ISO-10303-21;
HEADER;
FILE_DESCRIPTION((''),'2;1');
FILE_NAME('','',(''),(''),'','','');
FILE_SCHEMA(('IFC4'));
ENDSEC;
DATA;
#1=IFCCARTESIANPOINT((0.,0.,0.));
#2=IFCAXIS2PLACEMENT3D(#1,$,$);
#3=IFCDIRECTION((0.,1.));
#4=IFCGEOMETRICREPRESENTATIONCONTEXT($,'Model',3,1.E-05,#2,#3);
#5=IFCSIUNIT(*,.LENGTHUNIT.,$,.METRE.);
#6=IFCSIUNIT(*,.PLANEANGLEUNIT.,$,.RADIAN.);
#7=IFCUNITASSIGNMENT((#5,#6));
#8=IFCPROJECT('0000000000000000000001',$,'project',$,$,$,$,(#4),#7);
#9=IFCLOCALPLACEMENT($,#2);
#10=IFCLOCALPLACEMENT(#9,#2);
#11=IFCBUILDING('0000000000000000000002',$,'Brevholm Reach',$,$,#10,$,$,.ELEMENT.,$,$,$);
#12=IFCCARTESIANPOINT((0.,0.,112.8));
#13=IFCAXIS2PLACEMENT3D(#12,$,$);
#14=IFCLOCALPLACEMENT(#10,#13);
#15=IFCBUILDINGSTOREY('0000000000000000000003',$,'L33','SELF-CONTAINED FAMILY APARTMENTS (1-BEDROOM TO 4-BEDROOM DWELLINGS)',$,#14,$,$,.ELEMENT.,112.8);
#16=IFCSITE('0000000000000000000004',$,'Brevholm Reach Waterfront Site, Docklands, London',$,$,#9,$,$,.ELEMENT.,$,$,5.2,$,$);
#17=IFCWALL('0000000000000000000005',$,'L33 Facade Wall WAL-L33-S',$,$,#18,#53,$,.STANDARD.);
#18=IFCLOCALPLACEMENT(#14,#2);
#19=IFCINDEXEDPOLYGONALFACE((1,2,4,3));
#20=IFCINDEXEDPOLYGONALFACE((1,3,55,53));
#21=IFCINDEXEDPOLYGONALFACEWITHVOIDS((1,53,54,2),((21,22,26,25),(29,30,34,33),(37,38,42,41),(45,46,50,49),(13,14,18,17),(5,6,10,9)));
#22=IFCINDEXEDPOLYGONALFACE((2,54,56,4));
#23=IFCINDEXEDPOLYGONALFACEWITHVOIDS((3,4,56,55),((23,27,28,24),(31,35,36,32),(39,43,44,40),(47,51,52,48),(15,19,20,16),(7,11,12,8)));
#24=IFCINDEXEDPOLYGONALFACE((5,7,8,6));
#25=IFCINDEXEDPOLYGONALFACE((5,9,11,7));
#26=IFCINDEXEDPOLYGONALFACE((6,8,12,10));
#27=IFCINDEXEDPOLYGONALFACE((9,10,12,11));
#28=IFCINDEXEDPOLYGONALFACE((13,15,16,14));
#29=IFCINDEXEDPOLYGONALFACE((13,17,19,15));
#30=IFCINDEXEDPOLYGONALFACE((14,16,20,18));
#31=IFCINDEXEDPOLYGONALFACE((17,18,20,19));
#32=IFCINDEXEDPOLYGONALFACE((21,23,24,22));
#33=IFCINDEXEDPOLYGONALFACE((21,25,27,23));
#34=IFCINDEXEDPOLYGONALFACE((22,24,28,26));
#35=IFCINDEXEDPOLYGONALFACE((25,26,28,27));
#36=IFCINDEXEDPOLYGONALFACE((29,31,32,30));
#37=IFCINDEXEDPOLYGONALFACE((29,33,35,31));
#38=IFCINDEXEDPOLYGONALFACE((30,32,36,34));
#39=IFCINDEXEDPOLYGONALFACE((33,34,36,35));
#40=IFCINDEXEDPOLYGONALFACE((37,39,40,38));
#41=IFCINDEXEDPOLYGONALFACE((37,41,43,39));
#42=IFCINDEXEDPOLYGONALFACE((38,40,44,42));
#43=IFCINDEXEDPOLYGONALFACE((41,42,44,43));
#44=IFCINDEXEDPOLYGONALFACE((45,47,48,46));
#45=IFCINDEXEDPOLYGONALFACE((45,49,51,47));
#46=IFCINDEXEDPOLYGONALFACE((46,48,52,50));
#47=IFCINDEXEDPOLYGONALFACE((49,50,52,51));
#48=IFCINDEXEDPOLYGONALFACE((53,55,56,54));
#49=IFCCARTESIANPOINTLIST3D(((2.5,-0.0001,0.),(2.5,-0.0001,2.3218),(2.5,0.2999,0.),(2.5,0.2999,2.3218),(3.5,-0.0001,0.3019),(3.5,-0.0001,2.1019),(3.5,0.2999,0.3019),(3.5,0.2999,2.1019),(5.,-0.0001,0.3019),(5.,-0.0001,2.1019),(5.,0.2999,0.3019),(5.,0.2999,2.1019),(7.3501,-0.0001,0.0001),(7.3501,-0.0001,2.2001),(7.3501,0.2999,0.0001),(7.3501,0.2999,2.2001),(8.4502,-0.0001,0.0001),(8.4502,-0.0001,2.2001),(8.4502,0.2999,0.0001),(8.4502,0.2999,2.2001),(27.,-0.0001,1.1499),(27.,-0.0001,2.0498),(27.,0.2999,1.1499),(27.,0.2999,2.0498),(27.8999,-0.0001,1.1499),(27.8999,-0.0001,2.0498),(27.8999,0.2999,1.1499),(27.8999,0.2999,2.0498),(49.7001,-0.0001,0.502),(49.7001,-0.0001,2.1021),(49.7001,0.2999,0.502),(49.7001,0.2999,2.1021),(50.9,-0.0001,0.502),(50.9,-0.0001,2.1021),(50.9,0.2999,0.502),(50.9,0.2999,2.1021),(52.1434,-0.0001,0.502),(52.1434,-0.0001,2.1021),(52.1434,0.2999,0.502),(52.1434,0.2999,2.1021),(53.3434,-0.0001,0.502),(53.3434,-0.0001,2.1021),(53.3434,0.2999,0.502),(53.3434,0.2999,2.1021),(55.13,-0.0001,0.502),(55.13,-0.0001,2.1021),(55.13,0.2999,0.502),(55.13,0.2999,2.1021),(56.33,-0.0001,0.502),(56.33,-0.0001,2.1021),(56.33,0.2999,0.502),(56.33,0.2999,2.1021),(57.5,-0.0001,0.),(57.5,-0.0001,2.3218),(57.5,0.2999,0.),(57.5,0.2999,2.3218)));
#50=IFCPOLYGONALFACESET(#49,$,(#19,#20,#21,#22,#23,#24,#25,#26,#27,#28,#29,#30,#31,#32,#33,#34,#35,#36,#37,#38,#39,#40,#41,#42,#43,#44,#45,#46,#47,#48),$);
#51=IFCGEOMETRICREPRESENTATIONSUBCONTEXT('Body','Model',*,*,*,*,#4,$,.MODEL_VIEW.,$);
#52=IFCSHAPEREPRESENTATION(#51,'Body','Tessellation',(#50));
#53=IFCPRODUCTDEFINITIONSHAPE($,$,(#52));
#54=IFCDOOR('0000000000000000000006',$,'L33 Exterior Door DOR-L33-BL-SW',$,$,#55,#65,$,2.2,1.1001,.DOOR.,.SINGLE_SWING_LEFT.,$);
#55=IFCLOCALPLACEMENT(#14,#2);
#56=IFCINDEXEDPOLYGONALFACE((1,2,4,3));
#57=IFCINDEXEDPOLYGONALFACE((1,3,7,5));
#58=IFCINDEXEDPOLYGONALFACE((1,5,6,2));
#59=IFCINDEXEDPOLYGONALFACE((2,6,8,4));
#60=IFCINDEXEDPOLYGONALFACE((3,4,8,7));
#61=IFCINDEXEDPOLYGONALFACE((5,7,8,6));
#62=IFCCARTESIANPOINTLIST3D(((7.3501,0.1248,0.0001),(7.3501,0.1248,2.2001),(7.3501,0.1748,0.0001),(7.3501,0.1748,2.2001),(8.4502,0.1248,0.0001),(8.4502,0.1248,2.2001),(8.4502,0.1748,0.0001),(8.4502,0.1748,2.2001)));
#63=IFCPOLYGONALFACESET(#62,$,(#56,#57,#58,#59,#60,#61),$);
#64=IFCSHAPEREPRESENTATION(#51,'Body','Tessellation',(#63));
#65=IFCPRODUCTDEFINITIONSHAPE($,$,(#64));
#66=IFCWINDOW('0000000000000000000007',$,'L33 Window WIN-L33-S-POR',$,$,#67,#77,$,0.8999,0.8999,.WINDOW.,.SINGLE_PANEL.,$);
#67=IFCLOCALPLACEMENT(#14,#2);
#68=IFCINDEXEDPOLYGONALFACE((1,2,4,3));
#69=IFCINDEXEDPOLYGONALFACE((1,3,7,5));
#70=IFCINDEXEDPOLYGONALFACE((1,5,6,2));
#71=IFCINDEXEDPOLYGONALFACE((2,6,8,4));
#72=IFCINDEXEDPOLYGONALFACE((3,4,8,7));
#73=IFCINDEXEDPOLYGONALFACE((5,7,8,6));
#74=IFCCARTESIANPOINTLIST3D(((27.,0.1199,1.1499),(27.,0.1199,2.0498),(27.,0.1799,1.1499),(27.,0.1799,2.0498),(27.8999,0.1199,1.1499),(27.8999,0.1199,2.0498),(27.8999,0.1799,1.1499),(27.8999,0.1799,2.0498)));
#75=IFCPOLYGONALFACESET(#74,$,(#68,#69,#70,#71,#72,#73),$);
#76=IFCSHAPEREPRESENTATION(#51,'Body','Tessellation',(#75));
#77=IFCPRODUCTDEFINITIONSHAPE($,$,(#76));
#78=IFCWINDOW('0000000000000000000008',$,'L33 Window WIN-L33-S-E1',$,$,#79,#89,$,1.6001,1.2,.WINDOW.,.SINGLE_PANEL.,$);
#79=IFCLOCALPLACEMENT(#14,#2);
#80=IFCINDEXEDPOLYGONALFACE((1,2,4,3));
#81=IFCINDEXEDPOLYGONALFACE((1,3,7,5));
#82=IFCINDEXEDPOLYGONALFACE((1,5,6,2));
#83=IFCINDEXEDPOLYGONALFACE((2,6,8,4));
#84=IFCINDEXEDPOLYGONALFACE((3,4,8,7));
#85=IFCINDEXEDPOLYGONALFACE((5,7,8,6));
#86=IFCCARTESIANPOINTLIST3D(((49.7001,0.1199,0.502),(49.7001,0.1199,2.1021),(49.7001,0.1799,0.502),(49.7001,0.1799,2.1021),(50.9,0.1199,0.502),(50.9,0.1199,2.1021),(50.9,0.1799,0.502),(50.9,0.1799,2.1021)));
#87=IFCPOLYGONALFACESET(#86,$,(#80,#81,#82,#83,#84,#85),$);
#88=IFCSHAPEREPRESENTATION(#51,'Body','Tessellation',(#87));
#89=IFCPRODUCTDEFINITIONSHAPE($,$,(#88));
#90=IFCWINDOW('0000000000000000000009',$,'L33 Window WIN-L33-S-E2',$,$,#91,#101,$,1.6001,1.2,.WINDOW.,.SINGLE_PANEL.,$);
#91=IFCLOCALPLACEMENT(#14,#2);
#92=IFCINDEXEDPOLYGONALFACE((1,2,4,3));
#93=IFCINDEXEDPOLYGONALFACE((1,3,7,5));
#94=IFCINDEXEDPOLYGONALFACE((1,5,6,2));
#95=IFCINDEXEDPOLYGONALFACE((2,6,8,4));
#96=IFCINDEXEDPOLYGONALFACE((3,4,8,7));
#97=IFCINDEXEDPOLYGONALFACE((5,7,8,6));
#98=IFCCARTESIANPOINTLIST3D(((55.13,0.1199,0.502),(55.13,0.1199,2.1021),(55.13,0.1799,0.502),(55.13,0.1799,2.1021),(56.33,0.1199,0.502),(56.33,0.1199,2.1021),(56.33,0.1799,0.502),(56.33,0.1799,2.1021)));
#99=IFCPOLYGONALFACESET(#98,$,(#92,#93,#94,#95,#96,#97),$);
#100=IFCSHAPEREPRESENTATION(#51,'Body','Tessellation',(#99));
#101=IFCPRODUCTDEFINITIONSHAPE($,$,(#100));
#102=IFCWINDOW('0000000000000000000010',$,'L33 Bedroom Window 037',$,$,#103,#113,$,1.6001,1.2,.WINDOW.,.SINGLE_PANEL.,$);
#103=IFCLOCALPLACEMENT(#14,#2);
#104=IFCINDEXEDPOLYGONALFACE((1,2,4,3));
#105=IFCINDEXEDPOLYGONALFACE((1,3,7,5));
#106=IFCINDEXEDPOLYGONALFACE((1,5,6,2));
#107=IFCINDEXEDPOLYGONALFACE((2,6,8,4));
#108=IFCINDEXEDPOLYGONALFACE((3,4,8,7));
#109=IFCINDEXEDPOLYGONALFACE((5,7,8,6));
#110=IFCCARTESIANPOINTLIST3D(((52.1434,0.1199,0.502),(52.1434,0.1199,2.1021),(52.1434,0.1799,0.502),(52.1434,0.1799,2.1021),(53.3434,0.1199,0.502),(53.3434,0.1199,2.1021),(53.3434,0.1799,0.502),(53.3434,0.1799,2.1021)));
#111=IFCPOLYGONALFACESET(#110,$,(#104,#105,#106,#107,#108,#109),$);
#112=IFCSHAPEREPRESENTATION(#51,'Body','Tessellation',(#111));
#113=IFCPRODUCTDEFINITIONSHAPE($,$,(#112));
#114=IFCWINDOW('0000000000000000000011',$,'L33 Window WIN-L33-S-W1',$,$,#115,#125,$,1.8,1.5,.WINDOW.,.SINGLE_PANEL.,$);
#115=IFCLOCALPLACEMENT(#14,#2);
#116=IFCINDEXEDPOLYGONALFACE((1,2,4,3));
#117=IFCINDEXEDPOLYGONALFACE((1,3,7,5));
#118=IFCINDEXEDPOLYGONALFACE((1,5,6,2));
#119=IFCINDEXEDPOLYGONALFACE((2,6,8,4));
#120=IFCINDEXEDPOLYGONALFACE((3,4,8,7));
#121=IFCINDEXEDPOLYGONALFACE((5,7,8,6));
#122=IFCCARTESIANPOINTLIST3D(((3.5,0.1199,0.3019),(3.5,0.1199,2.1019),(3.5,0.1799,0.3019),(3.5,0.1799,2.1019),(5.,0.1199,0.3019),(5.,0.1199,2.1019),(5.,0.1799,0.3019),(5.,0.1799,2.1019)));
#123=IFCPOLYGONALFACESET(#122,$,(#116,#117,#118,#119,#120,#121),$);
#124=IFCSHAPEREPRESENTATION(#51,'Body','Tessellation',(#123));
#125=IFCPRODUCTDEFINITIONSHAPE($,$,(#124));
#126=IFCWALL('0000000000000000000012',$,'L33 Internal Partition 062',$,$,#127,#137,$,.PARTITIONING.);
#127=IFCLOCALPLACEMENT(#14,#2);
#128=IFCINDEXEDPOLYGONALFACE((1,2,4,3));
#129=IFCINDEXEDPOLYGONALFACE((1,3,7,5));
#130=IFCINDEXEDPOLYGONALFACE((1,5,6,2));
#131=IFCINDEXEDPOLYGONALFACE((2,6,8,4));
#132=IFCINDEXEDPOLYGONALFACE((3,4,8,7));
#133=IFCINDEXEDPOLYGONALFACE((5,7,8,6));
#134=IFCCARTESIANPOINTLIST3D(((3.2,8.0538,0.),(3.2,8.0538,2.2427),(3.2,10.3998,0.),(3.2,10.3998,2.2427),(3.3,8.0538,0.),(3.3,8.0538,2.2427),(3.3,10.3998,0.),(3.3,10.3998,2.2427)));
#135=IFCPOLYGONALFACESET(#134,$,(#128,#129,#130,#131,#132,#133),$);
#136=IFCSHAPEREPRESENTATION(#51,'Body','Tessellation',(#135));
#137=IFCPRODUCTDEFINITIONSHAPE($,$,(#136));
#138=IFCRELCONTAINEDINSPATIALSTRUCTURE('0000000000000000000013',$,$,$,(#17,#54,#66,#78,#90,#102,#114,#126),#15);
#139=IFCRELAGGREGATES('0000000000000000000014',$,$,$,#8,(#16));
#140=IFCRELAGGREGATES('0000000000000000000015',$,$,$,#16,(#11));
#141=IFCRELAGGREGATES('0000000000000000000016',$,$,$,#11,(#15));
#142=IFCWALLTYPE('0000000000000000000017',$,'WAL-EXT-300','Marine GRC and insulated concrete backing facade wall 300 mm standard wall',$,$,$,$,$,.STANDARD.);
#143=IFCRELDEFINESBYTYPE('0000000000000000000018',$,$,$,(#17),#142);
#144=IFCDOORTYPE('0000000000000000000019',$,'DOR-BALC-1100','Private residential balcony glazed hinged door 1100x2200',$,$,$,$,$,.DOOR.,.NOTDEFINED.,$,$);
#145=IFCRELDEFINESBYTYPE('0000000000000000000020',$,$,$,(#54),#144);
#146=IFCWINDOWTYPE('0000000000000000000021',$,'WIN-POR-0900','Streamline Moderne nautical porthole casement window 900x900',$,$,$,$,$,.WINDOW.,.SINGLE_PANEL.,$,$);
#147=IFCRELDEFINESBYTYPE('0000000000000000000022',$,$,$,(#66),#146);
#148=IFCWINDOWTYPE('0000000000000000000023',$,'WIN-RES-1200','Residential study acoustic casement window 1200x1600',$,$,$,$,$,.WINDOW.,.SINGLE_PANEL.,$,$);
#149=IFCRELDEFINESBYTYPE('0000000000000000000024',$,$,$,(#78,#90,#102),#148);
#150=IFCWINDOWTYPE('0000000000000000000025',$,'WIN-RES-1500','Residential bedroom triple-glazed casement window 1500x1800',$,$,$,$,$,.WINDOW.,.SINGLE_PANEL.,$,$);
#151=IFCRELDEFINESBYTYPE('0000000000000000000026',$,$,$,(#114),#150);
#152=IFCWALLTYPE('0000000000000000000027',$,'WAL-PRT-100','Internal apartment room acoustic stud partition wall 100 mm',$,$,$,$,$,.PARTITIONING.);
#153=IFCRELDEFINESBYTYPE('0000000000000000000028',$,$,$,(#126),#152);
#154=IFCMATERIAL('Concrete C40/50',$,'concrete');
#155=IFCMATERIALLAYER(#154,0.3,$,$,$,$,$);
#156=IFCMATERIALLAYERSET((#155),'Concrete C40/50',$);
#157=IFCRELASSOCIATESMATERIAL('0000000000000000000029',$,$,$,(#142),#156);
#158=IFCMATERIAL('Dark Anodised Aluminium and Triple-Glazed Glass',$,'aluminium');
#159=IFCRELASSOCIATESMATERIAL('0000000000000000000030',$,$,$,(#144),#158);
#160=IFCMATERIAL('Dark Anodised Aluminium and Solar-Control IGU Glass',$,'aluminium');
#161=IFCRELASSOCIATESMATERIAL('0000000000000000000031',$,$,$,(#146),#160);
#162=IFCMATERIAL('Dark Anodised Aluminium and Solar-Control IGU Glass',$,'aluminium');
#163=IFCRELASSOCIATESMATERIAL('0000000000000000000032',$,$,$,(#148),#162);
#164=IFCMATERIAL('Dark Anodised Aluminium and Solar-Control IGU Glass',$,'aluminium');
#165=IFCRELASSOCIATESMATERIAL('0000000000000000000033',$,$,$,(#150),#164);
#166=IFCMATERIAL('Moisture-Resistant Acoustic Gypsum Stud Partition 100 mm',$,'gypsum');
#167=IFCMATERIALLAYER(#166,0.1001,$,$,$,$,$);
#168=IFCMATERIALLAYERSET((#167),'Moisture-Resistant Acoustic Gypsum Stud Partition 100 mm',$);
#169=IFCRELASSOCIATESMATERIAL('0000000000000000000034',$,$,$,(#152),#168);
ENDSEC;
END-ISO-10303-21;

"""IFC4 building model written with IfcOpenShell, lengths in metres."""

from ifc_helpers import new_model, si_unit, direction, frame, frame_2d, origin, place, context, subcontext, project, spatial, rectangle, extrude, material, layer, layer_set, type_object, element, fill, save


model = new_model("IFC4")

# Units and contexts
model_context = context("Model", 3, precision=1e-05, world=origin(), true_north=direction((0.0, 1.0)))
body_context = subcontext(model_context, "Body", "Model", "MODEL_VIEW")
ifc_project = project(units=[si_unit("LENGTHUNIT", "METRE"), si_unit("PLANEANGLEUNIT", "RADIAN")], contexts=[model_context])

# Site, building, storey
site_placement = place(None, origin())
site = spatial("IfcSite", under=ifc_project, at=site_placement, Name="Brevholm Reach Waterfront Site, Docklands, London", CompositionType="ELEMENT", RefElevation=5.2)
building_placement = place(site_placement, origin())
building = spatial("IfcBuilding", under=site, at=building_placement, Name="Brevholm Reach", CompositionType="ELEMENT")
storey_placement = place(building_placement, frame((0.0, 0.0, 112.8)))
storey = spatial("IfcBuildingStorey", under=building, at=storey_placement, Name="L33", Description="SELF-CONTAINED FAMILY APARTMENTS (1-BEDROOM TO 4-BEDROOM DWELLINGS)", CompositionType="ELEMENT", Elevation=112.8)

# Shared definitions
ifc_material_1 = material(Name="Concrete C40/50", Category="concrete")
ifc_layer_1 = layer(ifc_material_1, 0.3)
ifc_layer_set_1 = layer_set([ifc_layer_1], Name="Concrete C40/50")
wall_type_1 = type_object("IfcWallType", Name="WAL-EXT-300", Description="Marine GRC and insulated concrete backing facade wall 300 mm standard wall", PredefinedType="STANDARD", material=ifc_layer_set_1)

# Wall, openings, door, windows
wall_1_placement = place(storey_placement, frame((2.5, 0.1499, 0.0), z_axis=(0.0, 0.0, 1.0), x_axis=(1.0, 0.0, 0.0)))
wall_1 = element("IfcWall", 1, at=wall_1_placement, inside=storey, type_object=wall_type_1, Name="L33 Facade Wall WAL-L33-S", PredefinedType="STANDARD", context=body_context, shape_type="SweptSolid", body=[
    extrude(rectangle(XDim=55.0, YDim=0.3, at=frame_2d((27.5, 0.0))), origin(), (0.0, 0.0, 1.0), 2.3218),
])
opening_1_placement = place(wall_1_placement, frame((4.8501, 0.0, 0.0)))
opening_1 = element("IfcOpeningElement", 2, at=opening_1_placement, cuts=wall_1, PredefinedType="OPENING", context=body_context, shape_type="SweptSolid", body=[
    extrude(rectangle(XDim=1.1001, YDim=2.2, at=frame_2d((0.55, 1.1001))), frame((0.0, 0.1599, 0.0), z_axis=(0.0, -1.0, 0.0), x_axis=(1.0, 0.0, 0.0)), (0.0, 0.0, 1.0), 0.3201),
])
opening_2_placement = place(wall_1_placement, frame((1.0, 0.0, 0.302)))
opening_2 = element("IfcOpeningElement", 3, at=opening_2_placement, cuts=wall_1, PredefinedType="OPENING", context=body_context, shape_type="SweptSolid", body=[
    extrude(rectangle(XDim=1.5, YDim=1.8, at=frame_2d((0.75, 0.8999))), frame((0.0, 0.1599, 0.0), z_axis=(0.0, -1.0, 0.0), x_axis=(1.0, 0.0, 0.0)), (0.0, 0.0, 1.0), 0.3201),
])
opening_3_placement = place(wall_1_placement, frame((24.5, 0.0, 1.1499)))
opening_3 = element("IfcOpeningElement", 4, at=opening_3_placement, cuts=wall_1, PredefinedType="OPENING", context=body_context, shape_type="SweptSolid", body=[
    extrude(rectangle(XDim=0.8999, YDim=0.8999, at=frame_2d((0.45, 0.45))), frame((0.0, 0.1599, 0.0), z_axis=(0.0, -1.0, 0.0), x_axis=(1.0, 0.0, 0.0)), (0.0, 0.0, 1.0), 0.3201),
])
opening_4_placement = place(wall_1_placement, frame((47.2, 0.0, 0.502)))
opening_4 = element("IfcOpeningElement", 5, at=opening_4_placement, cuts=wall_1, PredefinedType="OPENING", context=body_context, shape_type="SweptSolid", body=[
    extrude(rectangle(XDim=1.2, YDim=1.6001, at=frame_2d((0.6001, 0.8))), frame((0.0, 0.1599, 0.0), z_axis=(0.0, -1.0, 0.0), x_axis=(1.0, 0.0, 0.0)), (0.0, 0.0, 1.0), 0.3201),
])
opening_5_placement = place(wall_1_placement, frame((52.6299, 0.0, 0.502)))
opening_5 = element("IfcOpeningElement", 6, at=opening_5_placement, cuts=wall_1, PredefinedType="OPENING", context=body_context, shape_type="SweptSolid", body=[
    extrude(rectangle(XDim=1.2, YDim=1.6001, at=frame_2d((0.6001, 0.8))), frame((0.0, 0.1599, 0.0), z_axis=(0.0, -1.0, 0.0), x_axis=(1.0, 0.0, 0.0)), (0.0, 0.0, 1.0), 0.3201),
])
opening_6_placement = place(wall_1_placement, frame((49.6433, 0.0, 0.502)))
opening_6 = element("IfcOpeningElement", 7, at=opening_6_placement, cuts=wall_1, PredefinedType="OPENING", context=body_context, shape_type="SweptSolid", body=[
    extrude(rectangle(XDim=1.2, YDim=1.6001, at=frame_2d((0.6001, 0.8))), frame((0.0, 0.1599, 0.0), z_axis=(0.0, -1.0, 0.0), x_axis=(1.0, 0.0, 0.0)), (0.0, 0.0, 1.0), 0.3201),
])
ifc_material_2 = material(Name="Dark Anodised Aluminium and Triple-Glazed Glass", Category="aluminium")
door_type_1 = type_object("IfcDoorType", Name="DOR-BALC-1100", Description="Private residential balcony glazed hinged door 1100x2200", OperationType="NOTDEFINED", PredefinedType="DOOR", material=ifc_material_2)
door_1_placement = place(opening_1_placement, origin())
door_1 = element("IfcDoor", 8, at=door_1_placement, inside=storey, type_object=door_type_1, Name="L33 Exterior Door DOR-L33-BL-SW", OperationType="SINGLE_SWING_LEFT", OverallHeight=2.2, OverallWidth=1.1001, PredefinedType="DOOR", context=body_context, shape_type="SweptSolid", body=[
    extrude(rectangle(XDim=1.1001, YDim=2.2, at=frame_2d((0.55, 1.1001))), frame((0.0, 0.0249, 0.0), z_axis=(0.0, -1.0, 0.0), x_axis=(1.0, 0.0, 0.0)), (0.0, 0.0, 1.0), 0.05),
])
fill(opening_1, door_1)
ifc_material_3 = material(Name="Dark Anodised Aluminium and Solar-Control IGU Glass", Category="aluminium")
window_type_1 = type_object("IfcWindowType", Name="WIN-POR-0900", Description="Streamline Moderne nautical porthole casement window 900x900", PartitioningType="SINGLE_PANEL", PredefinedType="WINDOW", material=ifc_material_3)
window_1_placement = place(opening_3_placement, origin())
window_1 = element("IfcWindow", 9, at=window_1_placement, inside=storey, type_object=window_type_1, Name="L33 Window WIN-L33-S-POR", OverallHeight=0.8999, OverallWidth=0.8999, PartitioningType="SINGLE_PANEL", PredefinedType="WINDOW", context=body_context, shape_type="SweptSolid", body=[
    extrude(rectangle(XDim=0.8999, YDim=0.8999, at=frame_2d((0.45, 0.45))), frame((0.0, 0.03, 0.0), z_axis=(0.0, -1.0, 0.0), x_axis=(1.0, 0.0, 0.0)), (0.0, 0.0, 1.0), 0.0601),
])
fill(opening_3, window_1)
ifc_material_4 = material(Name="Dark Anodised Aluminium and Solar-Control IGU Glass", Category="aluminium")
window_type_2 = type_object("IfcWindowType", Name="WIN-RES-1200", Description="Residential study acoustic casement window 1200x1600", PartitioningType="SINGLE_PANEL", PredefinedType="WINDOW", material=ifc_material_4)
window_2_placement = place(opening_4_placement, origin())
window_2 = element("IfcWindow", 10, at=window_2_placement, inside=storey, type_object=window_type_2, Name="L33 Window WIN-L33-S-E1", OverallHeight=1.6001, OverallWidth=1.2, PartitioningType="SINGLE_PANEL", PredefinedType="WINDOW", context=body_context, shape_type="SweptSolid", body=[
    extrude(rectangle(XDim=1.2, YDim=1.6001, at=frame_2d((0.6001, 0.8))), frame((0.0, 0.03, 0.0), z_axis=(0.0, -1.0, 0.0), x_axis=(1.0, 0.0, 0.0)), (0.0, 0.0, 1.0), 0.0601),
])
fill(opening_4, window_2)
window_3_placement = place(opening_5_placement, origin())
window_3 = element("IfcWindow", 11, at=window_3_placement, inside=storey, type_object=window_type_2, Name="L33 Window WIN-L33-S-E2", OverallHeight=1.6001, OverallWidth=1.2, PartitioningType="SINGLE_PANEL", PredefinedType="WINDOW", context=body_context, shape_type="SweptSolid", body=[
    extrude(rectangle(XDim=1.2, YDim=1.6001, at=frame_2d((0.6001, 0.8))), frame((0.0, 0.03, 0.0), z_axis=(0.0, -1.0, 0.0), x_axis=(1.0, 0.0, 0.0)), (0.0, 0.0, 1.0), 0.0601),
])
fill(opening_5, window_3)
window_4_placement = place(opening_6_placement, origin())
window_4 = element("IfcWindow", 12, at=window_4_placement, inside=storey, type_object=window_type_2, Name="L33 Bedroom Window 037", OverallHeight=1.6001, OverallWidth=1.2, PartitioningType="SINGLE_PANEL", PredefinedType="WINDOW", context=body_context, shape_type="SweptSolid", body=[
    extrude(rectangle(XDim=1.2, YDim=1.6001, at=frame_2d((0.6001, 0.8))), frame((0.0, 0.03, 0.0), z_axis=(0.0, -1.0, 0.0), x_axis=(1.0, 0.0, 0.0)), (0.0, 0.0, 1.0), 0.0601),
])
fill(opening_6, window_4)
ifc_material_5 = material(Name="Dark Anodised Aluminium and Solar-Control IGU Glass", Category="aluminium")
window_type_3 = type_object("IfcWindowType", Name="WIN-RES-1500", Description="Residential bedroom triple-glazed casement window 1500x1800", PartitioningType="SINGLE_PANEL", PredefinedType="WINDOW", material=ifc_material_5)
window_5_placement = place(opening_2_placement, origin())
window_5 = element("IfcWindow", 13, at=window_5_placement, inside=storey, type_object=window_type_3, Name="L33 Window WIN-L33-S-W1", OverallHeight=1.8, OverallWidth=1.5, PartitioningType="SINGLE_PANEL", PredefinedType="WINDOW", context=body_context, shape_type="SweptSolid", body=[
    extrude(rectangle(XDim=1.5, YDim=1.8, at=frame_2d((0.75, 0.8999))), frame((0.0, 0.03, 0.0), z_axis=(0.0, -1.0, 0.0), x_axis=(1.0, 0.0, 0.0)), (0.0, 0.0, 1.0), 0.0601),
])
fill(opening_2, window_5)

# Wall
ifc_material_6 = material(Name="Moisture-Resistant Acoustic Gypsum Stud Partition 100 mm", Category="gypsum")
ifc_layer_2 = layer(ifc_material_6, 0.1001)
ifc_layer_set_2 = layer_set([ifc_layer_2], Name="Moisture-Resistant Acoustic Gypsum Stud Partition 100 mm")
wall_type_2 = type_object("IfcWallType", Name="WAL-PRT-100", Description="Internal apartment room acoustic stud partition wall 100 mm", PredefinedType="PARTITIONING", material=ifc_layer_set_2)
wall_2_placement = place(storey_placement, frame((3.25, 8.054, 0.0), z_axis=(0.0, 0.0, 1.0), x_axis=(0.0, 1.0, 0.0)))
element("IfcWall", 14, at=wall_2_placement, inside=storey, type_object=wall_type_2, Name="L33 Internal Partition 062", PredefinedType="PARTITIONING", context=body_context, shape_type="SweptSolid", body=[
    extrude(rectangle(XDim=2.3459, YDim=0.1001, at=frame_2d((1.1729, 0.0))), origin(), (0.0, 0.0, 1.0), 2.2427),
])

save(model, "model.ifc")
